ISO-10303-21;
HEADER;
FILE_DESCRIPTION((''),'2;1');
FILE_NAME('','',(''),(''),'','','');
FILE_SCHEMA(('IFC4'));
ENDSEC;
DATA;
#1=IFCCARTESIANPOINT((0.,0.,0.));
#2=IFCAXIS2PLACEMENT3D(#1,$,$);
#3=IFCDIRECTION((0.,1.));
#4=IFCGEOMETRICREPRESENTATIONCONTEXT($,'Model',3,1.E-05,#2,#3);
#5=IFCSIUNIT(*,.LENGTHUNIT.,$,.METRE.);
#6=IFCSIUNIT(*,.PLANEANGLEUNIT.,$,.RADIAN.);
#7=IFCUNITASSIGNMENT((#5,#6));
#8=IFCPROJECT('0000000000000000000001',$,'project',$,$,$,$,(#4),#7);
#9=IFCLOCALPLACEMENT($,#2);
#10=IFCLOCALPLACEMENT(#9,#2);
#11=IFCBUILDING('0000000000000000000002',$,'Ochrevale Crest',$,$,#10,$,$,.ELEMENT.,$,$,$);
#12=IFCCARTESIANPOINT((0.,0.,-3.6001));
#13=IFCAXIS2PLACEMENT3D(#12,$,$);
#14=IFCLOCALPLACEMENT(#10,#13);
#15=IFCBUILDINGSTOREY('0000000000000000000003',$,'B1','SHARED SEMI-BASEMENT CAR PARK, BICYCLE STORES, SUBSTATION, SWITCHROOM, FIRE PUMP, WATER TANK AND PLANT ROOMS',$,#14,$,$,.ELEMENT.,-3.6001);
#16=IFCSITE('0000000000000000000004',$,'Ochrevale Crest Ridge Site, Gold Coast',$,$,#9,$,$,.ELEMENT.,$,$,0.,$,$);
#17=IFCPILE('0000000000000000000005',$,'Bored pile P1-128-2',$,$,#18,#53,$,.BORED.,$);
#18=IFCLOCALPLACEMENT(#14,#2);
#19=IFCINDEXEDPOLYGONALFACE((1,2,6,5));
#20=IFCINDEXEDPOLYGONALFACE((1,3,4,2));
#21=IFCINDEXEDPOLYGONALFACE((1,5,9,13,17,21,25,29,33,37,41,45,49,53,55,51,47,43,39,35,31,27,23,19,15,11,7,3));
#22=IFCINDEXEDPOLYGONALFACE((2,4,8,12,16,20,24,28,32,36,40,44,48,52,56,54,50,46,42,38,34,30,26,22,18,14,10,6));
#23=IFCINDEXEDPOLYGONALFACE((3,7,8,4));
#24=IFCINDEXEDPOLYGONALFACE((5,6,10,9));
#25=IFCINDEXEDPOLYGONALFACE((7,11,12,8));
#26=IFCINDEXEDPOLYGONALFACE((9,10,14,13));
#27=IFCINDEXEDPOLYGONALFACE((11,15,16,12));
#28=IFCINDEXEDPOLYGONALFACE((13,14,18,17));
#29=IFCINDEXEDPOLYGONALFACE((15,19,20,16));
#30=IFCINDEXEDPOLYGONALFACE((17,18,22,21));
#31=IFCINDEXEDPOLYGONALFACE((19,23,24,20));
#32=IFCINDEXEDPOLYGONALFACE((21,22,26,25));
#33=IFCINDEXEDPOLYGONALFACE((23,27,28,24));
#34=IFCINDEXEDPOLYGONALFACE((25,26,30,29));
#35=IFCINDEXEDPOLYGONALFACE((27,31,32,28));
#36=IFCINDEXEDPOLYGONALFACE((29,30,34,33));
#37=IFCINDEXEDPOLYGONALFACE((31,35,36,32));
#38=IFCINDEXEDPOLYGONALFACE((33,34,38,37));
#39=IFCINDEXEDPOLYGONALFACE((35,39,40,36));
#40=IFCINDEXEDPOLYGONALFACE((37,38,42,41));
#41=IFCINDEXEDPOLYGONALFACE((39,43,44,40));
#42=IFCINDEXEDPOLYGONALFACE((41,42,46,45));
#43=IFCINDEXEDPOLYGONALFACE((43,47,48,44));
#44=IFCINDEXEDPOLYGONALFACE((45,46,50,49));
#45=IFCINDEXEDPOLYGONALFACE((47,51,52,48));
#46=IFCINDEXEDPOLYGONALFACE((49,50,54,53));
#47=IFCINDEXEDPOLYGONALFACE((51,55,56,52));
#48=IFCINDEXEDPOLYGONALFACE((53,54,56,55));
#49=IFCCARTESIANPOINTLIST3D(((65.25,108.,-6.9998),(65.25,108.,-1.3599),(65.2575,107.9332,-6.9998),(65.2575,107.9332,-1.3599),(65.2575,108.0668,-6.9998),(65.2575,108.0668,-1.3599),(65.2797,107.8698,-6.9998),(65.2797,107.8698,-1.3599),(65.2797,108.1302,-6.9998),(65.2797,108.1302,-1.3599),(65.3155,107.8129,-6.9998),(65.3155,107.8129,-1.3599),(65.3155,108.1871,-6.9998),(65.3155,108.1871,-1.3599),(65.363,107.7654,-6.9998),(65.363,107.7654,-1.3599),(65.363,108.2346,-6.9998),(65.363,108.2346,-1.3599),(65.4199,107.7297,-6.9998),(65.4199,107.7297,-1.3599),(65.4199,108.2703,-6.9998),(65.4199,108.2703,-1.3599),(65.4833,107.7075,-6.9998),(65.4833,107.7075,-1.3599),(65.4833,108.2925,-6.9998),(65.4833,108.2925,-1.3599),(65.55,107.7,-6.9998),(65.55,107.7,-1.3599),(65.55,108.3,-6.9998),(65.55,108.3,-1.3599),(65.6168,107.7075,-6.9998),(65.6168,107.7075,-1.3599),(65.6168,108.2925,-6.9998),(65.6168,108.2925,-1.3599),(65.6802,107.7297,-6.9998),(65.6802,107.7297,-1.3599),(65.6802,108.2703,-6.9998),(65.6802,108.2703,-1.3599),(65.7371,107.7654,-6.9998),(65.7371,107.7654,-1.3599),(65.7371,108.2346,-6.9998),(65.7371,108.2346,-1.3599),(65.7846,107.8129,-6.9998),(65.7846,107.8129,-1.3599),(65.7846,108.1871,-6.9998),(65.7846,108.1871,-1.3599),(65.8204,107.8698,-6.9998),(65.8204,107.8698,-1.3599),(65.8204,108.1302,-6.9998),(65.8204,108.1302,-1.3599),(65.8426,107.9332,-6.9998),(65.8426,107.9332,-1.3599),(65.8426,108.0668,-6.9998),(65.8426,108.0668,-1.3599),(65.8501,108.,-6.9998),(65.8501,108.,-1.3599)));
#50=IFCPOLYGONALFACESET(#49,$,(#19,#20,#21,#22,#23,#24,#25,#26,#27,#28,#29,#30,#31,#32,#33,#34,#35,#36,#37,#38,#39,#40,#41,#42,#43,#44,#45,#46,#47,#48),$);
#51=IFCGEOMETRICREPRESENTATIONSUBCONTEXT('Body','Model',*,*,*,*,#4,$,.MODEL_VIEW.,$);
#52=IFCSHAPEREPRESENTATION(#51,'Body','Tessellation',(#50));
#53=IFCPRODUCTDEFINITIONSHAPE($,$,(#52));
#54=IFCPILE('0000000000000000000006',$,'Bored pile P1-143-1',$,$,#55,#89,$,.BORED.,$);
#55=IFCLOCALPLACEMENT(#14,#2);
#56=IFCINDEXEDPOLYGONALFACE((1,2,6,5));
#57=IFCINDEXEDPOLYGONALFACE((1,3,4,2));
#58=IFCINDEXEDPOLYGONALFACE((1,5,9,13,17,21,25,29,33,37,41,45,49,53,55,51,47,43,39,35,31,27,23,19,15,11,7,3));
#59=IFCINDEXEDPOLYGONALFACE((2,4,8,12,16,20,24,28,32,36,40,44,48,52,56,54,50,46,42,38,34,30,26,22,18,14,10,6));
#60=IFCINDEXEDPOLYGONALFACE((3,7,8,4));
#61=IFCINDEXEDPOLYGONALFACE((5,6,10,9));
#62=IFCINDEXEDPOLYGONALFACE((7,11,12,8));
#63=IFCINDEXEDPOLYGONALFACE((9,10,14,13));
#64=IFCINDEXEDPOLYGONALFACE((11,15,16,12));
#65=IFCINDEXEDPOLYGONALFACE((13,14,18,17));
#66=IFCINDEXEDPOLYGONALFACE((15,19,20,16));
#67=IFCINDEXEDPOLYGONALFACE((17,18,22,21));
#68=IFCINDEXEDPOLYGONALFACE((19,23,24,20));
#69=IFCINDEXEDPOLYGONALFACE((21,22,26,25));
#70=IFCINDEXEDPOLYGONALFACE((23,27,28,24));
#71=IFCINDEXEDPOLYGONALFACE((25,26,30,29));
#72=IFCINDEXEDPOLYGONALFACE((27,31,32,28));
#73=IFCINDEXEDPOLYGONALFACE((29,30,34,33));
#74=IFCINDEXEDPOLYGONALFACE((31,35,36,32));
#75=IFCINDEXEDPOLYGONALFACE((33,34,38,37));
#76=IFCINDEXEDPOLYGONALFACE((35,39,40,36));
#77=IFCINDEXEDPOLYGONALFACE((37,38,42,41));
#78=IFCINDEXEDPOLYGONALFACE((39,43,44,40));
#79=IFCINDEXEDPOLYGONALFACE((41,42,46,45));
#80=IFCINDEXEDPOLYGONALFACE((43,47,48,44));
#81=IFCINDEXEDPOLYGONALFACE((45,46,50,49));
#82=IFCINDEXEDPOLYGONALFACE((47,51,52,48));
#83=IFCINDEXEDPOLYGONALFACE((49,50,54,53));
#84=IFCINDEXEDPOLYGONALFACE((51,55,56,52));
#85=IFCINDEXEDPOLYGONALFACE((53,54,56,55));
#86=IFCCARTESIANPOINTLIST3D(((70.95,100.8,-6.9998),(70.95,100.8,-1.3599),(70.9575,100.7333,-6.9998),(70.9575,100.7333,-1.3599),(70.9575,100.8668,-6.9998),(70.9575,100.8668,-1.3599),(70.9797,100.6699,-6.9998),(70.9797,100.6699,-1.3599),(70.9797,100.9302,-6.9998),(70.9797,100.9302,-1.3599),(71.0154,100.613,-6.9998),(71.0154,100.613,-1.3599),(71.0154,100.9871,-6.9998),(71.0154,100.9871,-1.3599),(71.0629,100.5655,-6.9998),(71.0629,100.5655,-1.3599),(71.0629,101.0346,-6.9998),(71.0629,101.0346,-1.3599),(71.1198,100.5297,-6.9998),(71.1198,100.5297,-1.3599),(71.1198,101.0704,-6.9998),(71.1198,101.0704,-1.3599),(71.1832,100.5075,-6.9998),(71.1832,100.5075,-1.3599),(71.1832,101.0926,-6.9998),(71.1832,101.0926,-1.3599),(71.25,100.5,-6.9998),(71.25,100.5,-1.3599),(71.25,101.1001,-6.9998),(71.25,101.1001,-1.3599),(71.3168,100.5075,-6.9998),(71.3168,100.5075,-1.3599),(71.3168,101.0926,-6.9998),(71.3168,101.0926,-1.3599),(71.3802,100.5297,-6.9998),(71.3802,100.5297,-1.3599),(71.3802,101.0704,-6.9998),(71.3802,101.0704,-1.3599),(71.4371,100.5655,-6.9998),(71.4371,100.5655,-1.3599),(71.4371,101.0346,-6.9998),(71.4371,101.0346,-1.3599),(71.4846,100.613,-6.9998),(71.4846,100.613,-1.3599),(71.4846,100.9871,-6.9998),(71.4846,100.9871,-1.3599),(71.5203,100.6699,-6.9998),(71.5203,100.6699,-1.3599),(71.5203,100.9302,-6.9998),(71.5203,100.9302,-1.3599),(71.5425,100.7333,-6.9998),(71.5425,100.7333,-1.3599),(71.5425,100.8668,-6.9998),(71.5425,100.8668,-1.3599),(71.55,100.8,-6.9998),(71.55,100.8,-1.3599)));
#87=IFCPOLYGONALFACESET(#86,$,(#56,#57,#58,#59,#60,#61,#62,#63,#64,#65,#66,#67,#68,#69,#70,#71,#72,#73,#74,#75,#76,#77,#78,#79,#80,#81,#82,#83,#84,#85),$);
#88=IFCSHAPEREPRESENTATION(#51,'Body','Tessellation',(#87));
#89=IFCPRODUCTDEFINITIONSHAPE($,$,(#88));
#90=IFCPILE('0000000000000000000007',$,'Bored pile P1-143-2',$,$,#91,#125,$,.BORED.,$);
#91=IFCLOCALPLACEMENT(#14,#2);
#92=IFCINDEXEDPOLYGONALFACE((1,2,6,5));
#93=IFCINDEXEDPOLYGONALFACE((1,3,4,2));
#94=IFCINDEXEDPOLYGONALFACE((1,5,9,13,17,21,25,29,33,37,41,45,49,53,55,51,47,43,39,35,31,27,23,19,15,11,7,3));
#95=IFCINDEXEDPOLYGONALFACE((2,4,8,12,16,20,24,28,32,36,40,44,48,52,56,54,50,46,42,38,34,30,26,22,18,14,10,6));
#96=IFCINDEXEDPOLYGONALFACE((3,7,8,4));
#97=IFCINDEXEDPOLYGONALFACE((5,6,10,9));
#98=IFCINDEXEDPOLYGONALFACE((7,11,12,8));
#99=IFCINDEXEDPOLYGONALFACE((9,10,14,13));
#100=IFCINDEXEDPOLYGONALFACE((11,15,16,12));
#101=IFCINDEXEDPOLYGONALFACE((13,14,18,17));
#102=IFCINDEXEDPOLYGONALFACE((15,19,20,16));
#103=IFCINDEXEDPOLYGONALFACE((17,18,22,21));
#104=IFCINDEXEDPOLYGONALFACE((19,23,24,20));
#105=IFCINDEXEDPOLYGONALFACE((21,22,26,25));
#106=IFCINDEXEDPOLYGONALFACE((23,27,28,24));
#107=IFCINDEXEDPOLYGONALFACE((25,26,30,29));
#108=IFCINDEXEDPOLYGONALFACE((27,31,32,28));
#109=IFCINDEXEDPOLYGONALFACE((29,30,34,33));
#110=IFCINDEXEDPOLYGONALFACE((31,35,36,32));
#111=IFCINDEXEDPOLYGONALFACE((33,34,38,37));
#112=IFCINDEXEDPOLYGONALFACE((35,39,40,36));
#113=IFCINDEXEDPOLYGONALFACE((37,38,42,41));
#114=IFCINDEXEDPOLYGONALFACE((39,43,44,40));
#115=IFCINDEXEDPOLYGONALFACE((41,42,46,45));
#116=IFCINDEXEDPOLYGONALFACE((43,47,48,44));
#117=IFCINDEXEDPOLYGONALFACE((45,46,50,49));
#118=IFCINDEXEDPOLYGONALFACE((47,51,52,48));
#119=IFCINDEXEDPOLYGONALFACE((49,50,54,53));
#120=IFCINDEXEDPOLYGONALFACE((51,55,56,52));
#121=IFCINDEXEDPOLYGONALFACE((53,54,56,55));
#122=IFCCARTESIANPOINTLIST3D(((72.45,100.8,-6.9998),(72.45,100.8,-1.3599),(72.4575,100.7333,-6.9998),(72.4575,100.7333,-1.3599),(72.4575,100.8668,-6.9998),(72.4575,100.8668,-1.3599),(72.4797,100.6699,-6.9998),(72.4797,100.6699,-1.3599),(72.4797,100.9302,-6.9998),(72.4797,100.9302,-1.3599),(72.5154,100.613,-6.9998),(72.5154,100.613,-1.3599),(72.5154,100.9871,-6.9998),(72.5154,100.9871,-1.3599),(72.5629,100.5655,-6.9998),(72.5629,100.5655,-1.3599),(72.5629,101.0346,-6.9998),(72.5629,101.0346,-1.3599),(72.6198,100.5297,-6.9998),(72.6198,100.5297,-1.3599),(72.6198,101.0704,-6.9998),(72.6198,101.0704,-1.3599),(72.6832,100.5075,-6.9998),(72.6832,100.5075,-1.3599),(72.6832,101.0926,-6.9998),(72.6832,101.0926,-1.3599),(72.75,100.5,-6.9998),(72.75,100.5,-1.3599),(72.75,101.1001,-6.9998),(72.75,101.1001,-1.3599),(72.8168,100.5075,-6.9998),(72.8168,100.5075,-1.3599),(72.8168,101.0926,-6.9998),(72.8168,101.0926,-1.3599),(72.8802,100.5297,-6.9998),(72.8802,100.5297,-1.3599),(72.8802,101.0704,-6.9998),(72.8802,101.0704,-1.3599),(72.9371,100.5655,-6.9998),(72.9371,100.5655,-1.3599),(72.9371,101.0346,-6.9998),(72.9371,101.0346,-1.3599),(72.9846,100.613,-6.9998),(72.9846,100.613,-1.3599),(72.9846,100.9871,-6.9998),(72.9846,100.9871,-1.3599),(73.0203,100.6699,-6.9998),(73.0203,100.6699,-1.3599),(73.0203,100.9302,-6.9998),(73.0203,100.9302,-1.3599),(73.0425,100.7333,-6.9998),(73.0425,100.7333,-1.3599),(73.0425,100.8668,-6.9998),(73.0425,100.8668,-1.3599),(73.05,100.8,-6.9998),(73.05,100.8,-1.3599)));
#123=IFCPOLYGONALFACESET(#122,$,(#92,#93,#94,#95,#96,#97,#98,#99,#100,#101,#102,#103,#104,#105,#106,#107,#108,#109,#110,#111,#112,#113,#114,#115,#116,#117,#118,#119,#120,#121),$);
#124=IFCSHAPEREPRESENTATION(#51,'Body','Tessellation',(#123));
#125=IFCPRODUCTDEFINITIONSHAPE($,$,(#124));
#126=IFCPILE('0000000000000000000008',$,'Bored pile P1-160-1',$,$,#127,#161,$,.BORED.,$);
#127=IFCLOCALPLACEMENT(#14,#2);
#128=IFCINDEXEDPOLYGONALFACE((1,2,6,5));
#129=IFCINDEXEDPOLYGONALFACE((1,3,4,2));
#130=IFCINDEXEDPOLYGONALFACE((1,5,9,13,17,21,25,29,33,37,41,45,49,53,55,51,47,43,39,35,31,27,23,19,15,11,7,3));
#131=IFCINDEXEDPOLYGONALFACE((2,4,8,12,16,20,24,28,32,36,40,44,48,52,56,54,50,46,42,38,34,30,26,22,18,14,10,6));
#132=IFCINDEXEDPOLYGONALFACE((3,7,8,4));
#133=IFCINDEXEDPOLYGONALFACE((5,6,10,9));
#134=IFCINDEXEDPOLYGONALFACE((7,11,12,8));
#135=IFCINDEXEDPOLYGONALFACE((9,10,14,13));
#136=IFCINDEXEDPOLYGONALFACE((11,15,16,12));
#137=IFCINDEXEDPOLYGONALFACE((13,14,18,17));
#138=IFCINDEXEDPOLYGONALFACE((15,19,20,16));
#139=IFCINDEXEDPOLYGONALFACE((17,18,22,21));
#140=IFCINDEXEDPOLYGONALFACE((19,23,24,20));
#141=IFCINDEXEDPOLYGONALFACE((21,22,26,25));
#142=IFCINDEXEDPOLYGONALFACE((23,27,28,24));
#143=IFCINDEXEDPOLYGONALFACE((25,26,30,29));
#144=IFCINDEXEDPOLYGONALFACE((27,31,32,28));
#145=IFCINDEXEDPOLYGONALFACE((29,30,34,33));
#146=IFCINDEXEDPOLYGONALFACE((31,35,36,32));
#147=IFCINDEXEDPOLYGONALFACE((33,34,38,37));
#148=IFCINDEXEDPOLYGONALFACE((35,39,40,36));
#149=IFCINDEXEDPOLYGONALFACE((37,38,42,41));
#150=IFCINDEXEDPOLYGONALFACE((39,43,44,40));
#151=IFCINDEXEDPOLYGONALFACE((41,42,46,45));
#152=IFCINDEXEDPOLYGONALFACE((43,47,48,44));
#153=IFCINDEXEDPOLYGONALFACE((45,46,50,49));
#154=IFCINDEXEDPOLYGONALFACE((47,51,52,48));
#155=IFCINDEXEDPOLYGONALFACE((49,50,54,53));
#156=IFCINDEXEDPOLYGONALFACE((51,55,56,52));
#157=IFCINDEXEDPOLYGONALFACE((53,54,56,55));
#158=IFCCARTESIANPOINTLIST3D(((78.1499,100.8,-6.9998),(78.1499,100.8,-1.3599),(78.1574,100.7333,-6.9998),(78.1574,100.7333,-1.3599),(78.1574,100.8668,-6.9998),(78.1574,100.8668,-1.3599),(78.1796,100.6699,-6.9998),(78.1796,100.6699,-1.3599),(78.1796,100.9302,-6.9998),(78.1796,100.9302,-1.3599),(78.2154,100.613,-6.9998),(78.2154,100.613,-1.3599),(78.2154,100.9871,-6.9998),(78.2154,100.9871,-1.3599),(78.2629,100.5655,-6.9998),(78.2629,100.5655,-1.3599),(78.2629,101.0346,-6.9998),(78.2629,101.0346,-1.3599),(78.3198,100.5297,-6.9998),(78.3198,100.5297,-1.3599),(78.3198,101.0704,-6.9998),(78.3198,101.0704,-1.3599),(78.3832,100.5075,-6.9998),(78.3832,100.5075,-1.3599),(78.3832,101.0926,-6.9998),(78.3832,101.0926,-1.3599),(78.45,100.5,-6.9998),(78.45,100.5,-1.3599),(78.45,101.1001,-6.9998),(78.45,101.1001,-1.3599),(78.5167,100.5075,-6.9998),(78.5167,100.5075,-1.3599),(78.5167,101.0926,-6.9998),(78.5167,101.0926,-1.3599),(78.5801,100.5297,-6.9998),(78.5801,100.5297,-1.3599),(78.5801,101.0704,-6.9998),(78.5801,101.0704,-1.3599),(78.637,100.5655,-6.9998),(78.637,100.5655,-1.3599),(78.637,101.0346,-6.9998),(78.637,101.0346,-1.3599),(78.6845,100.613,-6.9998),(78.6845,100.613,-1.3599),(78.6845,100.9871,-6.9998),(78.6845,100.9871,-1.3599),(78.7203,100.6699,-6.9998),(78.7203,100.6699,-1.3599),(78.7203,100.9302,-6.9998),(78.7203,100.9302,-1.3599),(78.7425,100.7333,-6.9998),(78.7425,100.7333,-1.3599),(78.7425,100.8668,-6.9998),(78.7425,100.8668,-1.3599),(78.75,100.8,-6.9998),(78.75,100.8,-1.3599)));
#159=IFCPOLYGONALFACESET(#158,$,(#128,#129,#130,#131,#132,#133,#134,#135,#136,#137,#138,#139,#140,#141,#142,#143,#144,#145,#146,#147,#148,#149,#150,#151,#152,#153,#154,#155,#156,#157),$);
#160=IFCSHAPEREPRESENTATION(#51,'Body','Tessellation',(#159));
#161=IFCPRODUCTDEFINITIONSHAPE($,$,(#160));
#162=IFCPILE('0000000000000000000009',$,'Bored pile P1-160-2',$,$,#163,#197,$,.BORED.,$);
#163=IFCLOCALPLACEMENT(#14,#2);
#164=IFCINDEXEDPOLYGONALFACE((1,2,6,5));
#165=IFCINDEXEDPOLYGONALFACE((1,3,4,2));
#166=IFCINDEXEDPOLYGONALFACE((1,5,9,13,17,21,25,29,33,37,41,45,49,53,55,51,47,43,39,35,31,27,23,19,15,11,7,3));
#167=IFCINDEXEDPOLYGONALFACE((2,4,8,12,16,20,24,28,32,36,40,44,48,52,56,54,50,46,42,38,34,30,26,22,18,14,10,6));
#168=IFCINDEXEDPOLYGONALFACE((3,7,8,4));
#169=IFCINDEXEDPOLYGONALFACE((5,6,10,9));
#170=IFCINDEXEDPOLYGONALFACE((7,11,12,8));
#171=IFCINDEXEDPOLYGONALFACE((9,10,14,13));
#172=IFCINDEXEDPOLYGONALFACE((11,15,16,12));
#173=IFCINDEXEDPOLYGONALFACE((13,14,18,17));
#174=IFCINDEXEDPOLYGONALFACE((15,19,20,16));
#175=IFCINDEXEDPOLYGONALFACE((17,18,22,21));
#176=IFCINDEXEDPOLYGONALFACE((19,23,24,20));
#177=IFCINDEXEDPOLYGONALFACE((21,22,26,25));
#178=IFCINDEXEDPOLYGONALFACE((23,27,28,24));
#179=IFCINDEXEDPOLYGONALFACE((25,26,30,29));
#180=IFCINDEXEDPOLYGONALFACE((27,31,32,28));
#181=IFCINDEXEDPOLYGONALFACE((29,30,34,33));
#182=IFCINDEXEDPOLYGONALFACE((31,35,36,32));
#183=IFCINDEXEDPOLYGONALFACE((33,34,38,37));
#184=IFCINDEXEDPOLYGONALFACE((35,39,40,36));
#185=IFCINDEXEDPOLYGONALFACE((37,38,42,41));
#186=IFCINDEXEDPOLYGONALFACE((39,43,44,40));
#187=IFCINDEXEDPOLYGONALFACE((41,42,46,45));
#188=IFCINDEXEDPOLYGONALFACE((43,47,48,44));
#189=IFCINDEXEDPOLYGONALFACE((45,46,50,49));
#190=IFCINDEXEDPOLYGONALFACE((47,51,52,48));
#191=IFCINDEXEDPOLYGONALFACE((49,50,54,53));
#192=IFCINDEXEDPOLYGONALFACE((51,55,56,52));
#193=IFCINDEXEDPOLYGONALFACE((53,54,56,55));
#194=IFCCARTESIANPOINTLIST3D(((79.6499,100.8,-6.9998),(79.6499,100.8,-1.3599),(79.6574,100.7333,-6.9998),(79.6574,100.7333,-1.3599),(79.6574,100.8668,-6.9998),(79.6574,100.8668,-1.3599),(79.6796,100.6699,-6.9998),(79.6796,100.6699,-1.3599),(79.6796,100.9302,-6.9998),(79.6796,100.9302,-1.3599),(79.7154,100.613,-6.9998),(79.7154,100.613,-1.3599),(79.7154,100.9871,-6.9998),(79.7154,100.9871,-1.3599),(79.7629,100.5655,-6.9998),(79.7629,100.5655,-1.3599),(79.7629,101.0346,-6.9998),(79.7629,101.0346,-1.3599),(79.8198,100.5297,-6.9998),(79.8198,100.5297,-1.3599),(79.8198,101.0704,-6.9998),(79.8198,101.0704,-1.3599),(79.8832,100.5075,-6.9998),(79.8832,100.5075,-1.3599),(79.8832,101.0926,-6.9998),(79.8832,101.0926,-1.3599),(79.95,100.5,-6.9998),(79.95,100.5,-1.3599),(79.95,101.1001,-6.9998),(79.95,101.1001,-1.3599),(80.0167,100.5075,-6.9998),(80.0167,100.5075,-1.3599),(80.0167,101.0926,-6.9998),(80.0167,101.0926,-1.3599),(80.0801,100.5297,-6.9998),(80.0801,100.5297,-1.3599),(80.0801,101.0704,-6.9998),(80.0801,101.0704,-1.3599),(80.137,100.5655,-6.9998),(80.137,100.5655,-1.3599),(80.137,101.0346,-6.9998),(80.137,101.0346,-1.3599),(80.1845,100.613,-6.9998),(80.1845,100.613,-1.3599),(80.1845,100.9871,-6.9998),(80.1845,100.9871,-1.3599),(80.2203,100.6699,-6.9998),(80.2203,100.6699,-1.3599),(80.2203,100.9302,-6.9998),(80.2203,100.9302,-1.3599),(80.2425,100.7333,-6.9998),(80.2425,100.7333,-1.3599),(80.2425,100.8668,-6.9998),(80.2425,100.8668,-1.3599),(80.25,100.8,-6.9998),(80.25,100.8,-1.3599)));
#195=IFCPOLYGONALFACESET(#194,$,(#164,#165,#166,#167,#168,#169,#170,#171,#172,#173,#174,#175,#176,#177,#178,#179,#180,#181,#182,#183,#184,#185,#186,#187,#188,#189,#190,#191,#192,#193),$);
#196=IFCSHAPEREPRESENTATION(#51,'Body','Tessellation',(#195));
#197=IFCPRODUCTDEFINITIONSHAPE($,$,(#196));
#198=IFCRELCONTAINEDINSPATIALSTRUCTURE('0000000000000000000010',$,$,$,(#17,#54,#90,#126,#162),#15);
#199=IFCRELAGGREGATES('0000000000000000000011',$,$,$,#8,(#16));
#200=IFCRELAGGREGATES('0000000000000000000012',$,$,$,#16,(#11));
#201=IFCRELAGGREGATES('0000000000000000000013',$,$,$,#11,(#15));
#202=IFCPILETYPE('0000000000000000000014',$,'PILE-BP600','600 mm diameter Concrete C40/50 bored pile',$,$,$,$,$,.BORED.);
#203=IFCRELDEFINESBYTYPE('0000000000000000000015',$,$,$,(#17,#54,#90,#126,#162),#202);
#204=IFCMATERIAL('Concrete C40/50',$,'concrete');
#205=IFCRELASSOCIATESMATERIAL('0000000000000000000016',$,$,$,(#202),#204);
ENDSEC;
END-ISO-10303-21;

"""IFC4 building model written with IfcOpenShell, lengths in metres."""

from ifc_helpers import new_model, si_unit, direction, frame, origin, origin_2d, place, context, subcontext, project, spatial, circle, extrude, material, material_profile, profile_set, type_object, element, save


model = new_model("IFC4")

# Units and contexts
model_context = context("Model", 3, precision=1e-05, world=origin(), true_north=direction((0.0, 1.0)))
body_context = subcontext(model_context, "Body", "Model", "MODEL_VIEW")
ifc_project = project(units=[si_unit("LENGTHUNIT", "METRE"), si_unit("PLANEANGLEUNIT", "RADIAN")], contexts=[model_context])

# Site, building, storey
site_placement = place(None, origin())
site = spatial("IfcSite", under=ifc_project, at=site_placement, Name="Ochrevale Crest Ridge Site, Gold Coast", CompositionType="ELEMENT", RefElevation=0.0)
building_placement = place(site_placement, origin())
building = spatial("IfcBuilding", under=site, at=building_placement, Name="Ochrevale Crest", CompositionType="ELEMENT")
storey_placement = place(building_placement, frame((0.0, 0.0, -3.6001)))
storey = spatial("IfcBuildingStorey", under=building, at=storey_placement, Name="B1", Description="SHARED SEMI-BASEMENT CAR PARK, BICYCLE STORES, SUBSTATION, SWITCHROOM, FIRE PUMP, WATER TANK AND PLANT ROOMS", CompositionType="ELEMENT", Elevation=-3.6001)

# Shared definitions
ifc_material_1 = material(Name="Concrete C40/50", Category="concrete")

# Piles
ifc_material_profile_1 = material_profile(ifc_material_1, circle(Radius=0.3, at=origin_2d()), Name="BORED PILE 600")
ifc_profile_set_1 = profile_set([ifc_material_profile_1], Name="Concrete C40/50")
pile_type_1 = type_object("IfcPileType", Name="PILE-BP600", Description="600 mm diameter Concrete C40/50 bored pile", PredefinedType="BORED", material=ifc_profile_set_1)
for number, where, z_axis, x_axis, name in (
    (1, (65.55, 108.0, -1.3599), (0.0, 0.0, -1.0), (1.0, 0.0, 0.0), "Bored pile P1-128-2"),
    (2, (71.25, 100.8, -1.3599), (0.0, 0.0, -1.0), (1.0, 0.0, 0.0), "Bored pile P1-143-1"),
    (3, (72.75, 100.8, -1.3599), (0.0, 0.0, -1.0), (1.0, 0.0, 0.0), "Bored pile P1-143-2"),
    (4, (78.45, 100.8, -1.3599), (0.0, 0.0, -1.0), (1.0, 0.0, 0.0), "Bored pile P1-160-1"),
    (5, (79.95, 100.8, -1.3599), (0.0, 0.0, -1.0), (1.0, 0.0, 0.0), "Bored pile P1-160-2"),
):
    element("IfcPile", number, at=place(storey_placement, frame(where, z_axis=z_axis, x_axis=x_axis)), inside=storey, type_object=pile_type_1, Name=name, PredefinedType="BORED", context=body_context, shape_type="SweptSolid", body=[
        extrude(circle(Radius=0.3, at=origin_2d()), origin(), (0.0, 0.0, 1.0), 5.6399),
    ])

save(model, "model.ifc")
